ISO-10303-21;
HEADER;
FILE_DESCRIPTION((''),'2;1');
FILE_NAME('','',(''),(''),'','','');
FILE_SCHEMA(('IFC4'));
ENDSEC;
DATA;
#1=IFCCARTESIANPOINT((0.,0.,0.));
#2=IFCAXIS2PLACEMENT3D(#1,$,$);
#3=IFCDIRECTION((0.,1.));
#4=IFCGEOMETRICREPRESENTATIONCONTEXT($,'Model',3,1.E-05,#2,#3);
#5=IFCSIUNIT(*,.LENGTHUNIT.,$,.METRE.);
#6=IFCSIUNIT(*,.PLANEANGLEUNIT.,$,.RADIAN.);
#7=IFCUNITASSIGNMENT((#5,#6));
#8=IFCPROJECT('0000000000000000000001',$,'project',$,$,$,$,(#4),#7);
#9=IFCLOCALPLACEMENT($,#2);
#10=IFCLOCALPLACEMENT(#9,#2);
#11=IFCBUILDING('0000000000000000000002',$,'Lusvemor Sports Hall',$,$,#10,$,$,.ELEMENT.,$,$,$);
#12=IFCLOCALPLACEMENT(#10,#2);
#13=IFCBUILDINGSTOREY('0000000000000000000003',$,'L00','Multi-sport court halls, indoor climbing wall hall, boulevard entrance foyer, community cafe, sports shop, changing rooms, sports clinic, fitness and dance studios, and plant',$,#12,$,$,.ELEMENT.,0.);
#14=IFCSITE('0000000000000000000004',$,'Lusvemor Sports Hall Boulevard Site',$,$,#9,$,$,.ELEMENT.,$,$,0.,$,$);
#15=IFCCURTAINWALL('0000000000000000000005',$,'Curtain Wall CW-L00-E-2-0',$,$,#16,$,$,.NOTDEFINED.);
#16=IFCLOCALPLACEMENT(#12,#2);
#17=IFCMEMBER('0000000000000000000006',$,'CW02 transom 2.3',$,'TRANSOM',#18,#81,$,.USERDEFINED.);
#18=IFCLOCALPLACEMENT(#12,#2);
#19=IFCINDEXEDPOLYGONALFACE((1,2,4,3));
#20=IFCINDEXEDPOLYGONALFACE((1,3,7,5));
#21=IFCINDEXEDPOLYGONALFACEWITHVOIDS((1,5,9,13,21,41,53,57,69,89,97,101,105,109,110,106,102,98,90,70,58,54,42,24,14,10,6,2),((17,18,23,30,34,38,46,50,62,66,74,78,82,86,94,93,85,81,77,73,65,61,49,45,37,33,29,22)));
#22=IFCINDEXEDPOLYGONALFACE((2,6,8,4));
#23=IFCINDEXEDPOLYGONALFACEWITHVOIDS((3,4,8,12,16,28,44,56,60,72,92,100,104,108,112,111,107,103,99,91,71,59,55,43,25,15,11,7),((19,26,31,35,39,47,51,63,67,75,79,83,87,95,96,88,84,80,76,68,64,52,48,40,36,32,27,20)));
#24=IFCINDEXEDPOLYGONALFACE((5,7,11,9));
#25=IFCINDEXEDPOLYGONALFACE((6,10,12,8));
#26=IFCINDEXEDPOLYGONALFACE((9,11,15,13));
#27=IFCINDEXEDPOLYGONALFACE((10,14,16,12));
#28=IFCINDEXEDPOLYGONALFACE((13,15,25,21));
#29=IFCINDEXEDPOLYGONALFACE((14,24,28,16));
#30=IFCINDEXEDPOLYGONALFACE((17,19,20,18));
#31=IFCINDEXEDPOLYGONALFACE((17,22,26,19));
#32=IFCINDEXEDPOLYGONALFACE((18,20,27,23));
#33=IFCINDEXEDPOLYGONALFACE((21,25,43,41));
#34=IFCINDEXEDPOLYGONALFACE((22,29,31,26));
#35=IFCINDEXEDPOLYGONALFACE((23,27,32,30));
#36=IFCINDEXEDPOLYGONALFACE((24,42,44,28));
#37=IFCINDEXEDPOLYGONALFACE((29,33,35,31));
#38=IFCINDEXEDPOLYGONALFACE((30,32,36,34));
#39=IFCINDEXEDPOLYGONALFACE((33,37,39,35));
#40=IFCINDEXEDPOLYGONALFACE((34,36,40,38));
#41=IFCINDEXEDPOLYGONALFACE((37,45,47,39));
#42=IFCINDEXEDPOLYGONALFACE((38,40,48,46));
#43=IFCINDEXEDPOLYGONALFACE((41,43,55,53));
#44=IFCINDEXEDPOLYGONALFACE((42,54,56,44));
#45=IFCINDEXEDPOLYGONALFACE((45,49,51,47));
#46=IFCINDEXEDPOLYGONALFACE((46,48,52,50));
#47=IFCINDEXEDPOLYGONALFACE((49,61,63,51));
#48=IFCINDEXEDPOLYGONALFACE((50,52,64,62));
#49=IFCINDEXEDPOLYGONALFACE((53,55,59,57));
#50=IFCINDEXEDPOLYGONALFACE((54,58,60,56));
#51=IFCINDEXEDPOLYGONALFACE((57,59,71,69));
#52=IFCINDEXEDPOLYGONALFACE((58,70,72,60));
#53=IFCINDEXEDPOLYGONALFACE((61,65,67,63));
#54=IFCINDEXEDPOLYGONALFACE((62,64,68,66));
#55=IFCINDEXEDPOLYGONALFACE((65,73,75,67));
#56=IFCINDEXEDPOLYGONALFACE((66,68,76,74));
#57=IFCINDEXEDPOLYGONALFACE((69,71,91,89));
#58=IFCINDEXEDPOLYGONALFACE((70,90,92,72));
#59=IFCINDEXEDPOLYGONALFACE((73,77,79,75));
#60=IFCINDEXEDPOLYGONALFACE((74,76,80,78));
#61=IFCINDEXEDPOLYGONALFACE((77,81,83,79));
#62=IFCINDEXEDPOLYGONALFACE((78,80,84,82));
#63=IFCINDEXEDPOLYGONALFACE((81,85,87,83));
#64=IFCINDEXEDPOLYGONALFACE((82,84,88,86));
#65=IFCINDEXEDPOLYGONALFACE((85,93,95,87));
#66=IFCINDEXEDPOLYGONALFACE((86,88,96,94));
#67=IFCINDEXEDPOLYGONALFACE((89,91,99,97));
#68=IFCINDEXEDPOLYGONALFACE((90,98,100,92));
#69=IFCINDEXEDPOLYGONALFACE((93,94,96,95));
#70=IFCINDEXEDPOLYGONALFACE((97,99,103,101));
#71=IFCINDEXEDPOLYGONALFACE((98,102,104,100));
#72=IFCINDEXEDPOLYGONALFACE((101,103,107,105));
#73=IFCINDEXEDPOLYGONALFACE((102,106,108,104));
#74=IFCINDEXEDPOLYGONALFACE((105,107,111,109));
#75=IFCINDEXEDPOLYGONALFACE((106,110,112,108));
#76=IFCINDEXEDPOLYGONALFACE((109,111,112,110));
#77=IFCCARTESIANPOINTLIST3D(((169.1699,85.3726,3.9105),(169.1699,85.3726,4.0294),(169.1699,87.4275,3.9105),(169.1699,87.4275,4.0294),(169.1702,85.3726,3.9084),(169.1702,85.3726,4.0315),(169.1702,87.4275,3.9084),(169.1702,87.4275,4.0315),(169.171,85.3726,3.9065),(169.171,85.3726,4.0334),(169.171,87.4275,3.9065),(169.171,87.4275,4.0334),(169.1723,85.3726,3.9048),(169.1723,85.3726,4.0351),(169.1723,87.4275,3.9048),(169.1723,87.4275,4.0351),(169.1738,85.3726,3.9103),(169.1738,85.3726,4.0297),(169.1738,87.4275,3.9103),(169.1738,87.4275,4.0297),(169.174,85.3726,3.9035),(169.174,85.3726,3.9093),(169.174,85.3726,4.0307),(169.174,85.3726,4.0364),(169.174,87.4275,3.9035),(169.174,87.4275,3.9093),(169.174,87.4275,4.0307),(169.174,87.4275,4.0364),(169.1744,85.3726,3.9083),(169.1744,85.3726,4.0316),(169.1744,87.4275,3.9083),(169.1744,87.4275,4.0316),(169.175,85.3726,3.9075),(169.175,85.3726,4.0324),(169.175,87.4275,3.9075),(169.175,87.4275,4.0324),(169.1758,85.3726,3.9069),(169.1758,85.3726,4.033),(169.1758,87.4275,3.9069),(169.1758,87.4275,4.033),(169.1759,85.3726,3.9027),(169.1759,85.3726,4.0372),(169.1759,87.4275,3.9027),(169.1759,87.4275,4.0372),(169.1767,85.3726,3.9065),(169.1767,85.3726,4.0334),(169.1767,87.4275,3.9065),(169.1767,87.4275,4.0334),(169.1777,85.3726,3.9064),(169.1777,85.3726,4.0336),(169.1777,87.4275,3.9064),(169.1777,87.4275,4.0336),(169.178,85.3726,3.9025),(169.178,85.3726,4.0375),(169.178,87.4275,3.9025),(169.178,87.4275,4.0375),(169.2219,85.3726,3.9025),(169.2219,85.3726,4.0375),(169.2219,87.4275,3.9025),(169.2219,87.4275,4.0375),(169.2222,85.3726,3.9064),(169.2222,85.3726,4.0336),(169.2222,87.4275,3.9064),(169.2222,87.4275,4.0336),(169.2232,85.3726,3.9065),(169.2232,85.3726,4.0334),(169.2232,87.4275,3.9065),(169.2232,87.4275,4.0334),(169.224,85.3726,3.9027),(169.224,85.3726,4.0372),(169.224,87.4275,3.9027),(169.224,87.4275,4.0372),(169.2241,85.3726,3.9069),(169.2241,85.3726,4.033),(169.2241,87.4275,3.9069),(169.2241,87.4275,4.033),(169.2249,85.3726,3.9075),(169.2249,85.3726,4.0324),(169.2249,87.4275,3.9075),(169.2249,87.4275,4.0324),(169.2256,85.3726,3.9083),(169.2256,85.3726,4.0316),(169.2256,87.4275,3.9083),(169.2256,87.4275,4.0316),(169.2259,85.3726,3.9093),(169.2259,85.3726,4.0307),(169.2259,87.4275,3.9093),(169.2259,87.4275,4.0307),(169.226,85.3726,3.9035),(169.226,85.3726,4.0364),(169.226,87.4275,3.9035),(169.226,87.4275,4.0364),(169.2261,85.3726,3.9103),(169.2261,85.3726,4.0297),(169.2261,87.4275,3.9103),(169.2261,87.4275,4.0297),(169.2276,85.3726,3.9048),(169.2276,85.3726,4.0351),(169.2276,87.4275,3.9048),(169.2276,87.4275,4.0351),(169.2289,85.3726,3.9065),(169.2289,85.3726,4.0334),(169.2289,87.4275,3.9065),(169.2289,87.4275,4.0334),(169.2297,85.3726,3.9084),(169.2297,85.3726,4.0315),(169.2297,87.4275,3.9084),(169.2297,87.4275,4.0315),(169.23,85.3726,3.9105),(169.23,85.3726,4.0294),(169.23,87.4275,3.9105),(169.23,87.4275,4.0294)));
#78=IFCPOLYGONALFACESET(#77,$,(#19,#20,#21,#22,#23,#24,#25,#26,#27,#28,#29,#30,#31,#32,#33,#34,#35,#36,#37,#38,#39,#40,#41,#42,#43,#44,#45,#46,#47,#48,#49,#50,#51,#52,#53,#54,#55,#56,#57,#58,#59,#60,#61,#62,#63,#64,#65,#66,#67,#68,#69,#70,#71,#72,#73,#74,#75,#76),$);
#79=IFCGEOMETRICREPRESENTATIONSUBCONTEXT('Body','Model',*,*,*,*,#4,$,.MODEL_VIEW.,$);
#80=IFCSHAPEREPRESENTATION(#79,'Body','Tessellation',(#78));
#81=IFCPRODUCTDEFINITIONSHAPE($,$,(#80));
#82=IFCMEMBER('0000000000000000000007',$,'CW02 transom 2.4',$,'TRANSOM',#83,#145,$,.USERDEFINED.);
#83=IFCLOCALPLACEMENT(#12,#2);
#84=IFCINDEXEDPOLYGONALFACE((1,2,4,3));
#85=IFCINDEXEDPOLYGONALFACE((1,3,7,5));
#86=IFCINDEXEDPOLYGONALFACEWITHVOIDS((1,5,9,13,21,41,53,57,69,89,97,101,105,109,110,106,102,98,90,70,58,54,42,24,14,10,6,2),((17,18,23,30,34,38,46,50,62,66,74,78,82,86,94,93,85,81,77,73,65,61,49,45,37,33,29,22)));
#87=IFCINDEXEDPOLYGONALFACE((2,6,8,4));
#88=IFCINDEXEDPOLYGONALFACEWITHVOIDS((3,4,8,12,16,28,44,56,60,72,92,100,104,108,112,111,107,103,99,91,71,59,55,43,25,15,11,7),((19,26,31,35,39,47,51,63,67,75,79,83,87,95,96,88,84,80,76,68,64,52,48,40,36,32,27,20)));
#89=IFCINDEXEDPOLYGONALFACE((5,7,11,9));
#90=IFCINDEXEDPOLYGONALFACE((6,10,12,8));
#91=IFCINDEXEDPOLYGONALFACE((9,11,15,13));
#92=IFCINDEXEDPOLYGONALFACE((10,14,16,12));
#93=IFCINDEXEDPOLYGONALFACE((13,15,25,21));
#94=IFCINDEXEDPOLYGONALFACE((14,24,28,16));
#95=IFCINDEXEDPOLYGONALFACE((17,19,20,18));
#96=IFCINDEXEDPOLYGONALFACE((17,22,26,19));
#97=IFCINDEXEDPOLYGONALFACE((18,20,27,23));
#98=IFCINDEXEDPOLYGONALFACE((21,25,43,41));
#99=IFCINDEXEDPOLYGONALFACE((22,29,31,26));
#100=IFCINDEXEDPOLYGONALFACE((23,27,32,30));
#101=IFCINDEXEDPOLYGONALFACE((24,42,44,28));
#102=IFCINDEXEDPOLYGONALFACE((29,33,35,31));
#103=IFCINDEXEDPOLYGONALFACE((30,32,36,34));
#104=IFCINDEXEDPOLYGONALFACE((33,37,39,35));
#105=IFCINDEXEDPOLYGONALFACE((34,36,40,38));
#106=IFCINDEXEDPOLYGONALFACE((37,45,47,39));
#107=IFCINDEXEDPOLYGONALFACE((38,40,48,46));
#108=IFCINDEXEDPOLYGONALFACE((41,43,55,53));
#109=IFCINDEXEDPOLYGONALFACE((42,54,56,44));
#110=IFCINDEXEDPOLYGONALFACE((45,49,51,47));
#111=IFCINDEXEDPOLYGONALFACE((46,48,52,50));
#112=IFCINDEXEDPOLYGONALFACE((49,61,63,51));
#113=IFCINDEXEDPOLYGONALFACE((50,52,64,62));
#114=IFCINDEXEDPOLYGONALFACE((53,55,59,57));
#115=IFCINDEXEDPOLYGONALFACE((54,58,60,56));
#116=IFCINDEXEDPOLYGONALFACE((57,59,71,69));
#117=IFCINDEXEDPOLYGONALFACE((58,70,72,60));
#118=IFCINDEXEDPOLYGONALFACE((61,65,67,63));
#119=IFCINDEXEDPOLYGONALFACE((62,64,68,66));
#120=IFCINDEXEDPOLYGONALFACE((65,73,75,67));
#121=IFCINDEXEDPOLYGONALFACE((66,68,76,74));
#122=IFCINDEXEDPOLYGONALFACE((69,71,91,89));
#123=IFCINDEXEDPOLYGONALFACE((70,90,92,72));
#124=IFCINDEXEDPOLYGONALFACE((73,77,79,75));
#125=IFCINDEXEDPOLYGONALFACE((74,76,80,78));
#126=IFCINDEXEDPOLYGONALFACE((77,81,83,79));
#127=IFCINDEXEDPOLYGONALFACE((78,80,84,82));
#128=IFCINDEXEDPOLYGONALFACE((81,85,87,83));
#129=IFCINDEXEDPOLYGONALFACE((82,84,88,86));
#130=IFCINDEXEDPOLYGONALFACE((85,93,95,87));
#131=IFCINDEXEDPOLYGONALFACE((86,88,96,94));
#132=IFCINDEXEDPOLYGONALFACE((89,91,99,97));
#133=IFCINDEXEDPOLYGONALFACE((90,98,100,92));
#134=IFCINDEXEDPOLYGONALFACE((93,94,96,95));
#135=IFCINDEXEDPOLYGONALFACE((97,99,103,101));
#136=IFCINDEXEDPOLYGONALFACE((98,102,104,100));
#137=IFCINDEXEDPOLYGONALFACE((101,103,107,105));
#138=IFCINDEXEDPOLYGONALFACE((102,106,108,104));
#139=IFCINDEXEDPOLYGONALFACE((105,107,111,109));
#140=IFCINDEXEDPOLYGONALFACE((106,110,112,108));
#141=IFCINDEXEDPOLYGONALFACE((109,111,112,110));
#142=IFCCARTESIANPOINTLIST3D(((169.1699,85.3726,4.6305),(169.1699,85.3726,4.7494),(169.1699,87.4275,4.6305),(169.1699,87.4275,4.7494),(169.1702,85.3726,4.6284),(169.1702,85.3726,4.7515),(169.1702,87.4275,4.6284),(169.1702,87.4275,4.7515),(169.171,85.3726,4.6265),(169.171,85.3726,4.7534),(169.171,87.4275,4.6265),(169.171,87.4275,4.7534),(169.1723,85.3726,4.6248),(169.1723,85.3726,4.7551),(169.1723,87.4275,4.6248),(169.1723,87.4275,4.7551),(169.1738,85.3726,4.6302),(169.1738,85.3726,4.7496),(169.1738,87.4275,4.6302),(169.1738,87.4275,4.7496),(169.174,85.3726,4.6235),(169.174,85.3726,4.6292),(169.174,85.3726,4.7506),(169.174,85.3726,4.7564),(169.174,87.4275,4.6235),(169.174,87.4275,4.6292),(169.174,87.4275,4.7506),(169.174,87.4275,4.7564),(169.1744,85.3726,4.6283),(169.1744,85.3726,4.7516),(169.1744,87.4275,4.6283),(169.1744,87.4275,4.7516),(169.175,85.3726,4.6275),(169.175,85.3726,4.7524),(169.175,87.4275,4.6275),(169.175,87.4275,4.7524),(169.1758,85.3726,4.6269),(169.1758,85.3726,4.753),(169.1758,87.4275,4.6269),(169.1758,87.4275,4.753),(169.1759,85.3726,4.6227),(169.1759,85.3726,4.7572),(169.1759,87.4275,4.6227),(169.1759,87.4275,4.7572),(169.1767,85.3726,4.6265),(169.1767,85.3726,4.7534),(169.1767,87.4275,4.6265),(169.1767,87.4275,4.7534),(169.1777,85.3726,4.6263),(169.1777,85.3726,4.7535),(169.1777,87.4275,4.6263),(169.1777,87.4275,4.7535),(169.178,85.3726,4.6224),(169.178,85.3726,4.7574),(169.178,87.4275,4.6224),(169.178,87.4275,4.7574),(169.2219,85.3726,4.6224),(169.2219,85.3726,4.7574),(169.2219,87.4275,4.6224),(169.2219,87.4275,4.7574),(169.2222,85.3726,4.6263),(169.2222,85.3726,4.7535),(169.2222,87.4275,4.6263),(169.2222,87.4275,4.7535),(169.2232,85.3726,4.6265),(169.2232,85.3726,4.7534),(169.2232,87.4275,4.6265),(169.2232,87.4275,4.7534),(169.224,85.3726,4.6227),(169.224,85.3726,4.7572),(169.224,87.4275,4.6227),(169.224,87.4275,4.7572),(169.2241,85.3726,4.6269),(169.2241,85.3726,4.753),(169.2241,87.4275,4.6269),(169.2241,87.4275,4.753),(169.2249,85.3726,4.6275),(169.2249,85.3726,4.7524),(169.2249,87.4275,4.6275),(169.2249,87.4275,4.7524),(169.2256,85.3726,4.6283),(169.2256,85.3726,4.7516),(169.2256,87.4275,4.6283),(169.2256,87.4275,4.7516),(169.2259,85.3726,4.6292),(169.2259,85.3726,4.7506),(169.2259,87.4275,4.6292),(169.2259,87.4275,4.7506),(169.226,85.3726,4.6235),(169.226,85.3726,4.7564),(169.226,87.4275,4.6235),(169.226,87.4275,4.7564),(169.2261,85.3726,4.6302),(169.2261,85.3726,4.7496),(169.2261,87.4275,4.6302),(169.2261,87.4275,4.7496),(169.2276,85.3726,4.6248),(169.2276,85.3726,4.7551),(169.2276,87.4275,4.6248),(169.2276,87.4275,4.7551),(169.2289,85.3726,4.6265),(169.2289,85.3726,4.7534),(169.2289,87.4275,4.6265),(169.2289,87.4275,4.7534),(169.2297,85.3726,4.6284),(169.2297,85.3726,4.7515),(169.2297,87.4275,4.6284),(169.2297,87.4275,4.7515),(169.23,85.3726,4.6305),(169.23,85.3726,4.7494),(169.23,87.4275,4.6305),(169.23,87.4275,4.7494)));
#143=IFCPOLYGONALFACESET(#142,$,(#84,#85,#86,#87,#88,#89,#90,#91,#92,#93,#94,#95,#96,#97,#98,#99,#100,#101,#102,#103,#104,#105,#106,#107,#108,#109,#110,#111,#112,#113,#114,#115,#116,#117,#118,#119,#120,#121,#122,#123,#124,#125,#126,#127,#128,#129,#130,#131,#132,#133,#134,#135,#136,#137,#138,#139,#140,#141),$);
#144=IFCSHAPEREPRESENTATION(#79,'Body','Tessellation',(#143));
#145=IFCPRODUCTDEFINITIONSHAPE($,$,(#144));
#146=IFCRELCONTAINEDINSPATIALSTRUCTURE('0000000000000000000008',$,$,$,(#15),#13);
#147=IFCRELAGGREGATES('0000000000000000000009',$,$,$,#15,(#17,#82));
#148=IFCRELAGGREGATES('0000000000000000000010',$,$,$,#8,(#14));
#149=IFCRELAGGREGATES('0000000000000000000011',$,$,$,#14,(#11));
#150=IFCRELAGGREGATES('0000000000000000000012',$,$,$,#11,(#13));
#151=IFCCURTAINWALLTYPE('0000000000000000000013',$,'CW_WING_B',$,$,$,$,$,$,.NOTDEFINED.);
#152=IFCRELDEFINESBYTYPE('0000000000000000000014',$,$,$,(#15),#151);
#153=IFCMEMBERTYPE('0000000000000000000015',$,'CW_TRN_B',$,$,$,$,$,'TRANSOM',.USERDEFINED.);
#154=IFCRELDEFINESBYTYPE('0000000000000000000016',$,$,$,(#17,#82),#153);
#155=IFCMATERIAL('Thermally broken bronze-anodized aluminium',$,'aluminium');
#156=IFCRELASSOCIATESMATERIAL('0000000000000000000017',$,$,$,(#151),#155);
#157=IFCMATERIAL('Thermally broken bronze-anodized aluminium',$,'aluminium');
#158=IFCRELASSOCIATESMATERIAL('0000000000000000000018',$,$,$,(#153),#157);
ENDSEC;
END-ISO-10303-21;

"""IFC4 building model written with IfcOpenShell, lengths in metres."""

from ifc_helpers import new_model, si_unit, direction, frame, origin, origin_2d, place, context, subcontext, project, spatial, hollow_rectangle, extrude, material, material_profile, profile_set, type_object, element, aggregate, save


model = new_model("IFC4")

# Units and contexts
model_context = context("Model", 3, precision=1e-05, world=origin(), true_north=direction((0.0, 1.0)))
body_context = subcontext(model_context, "Body", "Model", "MODEL_VIEW")
ifc_project = project(units=[si_unit("LENGTHUNIT", "METRE"), si_unit("PLANEANGLEUNIT", "RADIAN")], contexts=[model_context])

# Site, building, storey
site_placement = place(None, origin())
site = spatial("IfcSite", under=ifc_project, at=site_placement, Name="Lusvemor Sports Hall Boulevard Site", CompositionType="ELEMENT", RefElevation=0.0)
building_placement = place(site_placement, origin())
building = spatial("IfcBuilding", under=site, at=building_placement, Name="Lusvemor Sports Hall", CompositionType="ELEMENT")
storey_placement = place(building_placement, origin())
storey = spatial("IfcBuildingStorey", under=building, at=storey_placement, Name="L00", Description="Multi-sport court halls, indoor climbing wall hall, boulevard entrance foyer, community cafe, sports shop, changing rooms, sports clinic, fitness and dance studios, and plant", CompositionType="ELEMENT", Elevation=0.0)

# Curtain wall, members
ifc_material_1 = material(Name="Thermally broken bronze-anodized aluminium", Category="aluminium")
curtain_wall_type = type_object("IfcCurtainWallType", Name="CW_WING_B", PredefinedType="NOTDEFINED", material=ifc_material_1)
curtain_wall_placement = place(storey_placement, origin())
curtain_wall = element("IfcCurtainWall", 1, at=curtain_wall_placement, inside=storey, type_object=curtain_wall_type, Name="Curtain Wall CW-L00-E-2-0", PredefinedType="NOTDEFINED")
ifc_material_2 = material(Name="Thermally broken bronze-anodized aluminium", Category="aluminium")
ifc_material_profile_1 = material_profile(ifc_material_2, hollow_rectangle(XDim=0.0601, YDim=0.135, WallThickness=0.0039, InnerFilletRadius=0.0039, OuterFilletRadius=0.0081, at=origin_2d()), Name="CWTRN135x60x4")
ifc_profile_set_1 = profile_set([ifc_material_profile_1], Name="Thermally broken bronze-anodized aluminium")
member_type_1 = type_object("IfcMemberType", Name="CW_TRN_B", ElementType="TRANSOM", PredefinedType="USERDEFINED", material=ifc_profile_set_1)
member_1_placement = place(storey_placement, frame((169.2, 87.4275, 3.97), z_axis=(0.0, -1.0, 0.0), x_axis=(1.0, 0.0, 0.0)))
member_1 = element("IfcMember", 2, at=member_1_placement, type_object=member_type_1, Name="CW02 transom 2.3", ObjectType="TRANSOM", PredefinedType="USERDEFINED", context=body_context, shape_type="SweptSolid", body=[
    extrude(hollow_rectangle(XDim=0.0601, YDim=0.135, WallThickness=0.0039, InnerFilletRadius=0.0039, OuterFilletRadius=0.0081, at=origin_2d()), origin(), (0.0, 0.0, 1.0), 2.0549),
])
member_2_placement = place(storey_placement, frame((169.2, 87.4275, 4.6899), z_axis=(0.0, -1.0, 0.0), x_axis=(1.0, 0.0, 0.0)))
member_2 = element("IfcMember", 3, at=member_2_placement, type_object=member_type_1, Name="CW02 transom 2.4", ObjectType="TRANSOM", PredefinedType="USERDEFINED", context=body_context, shape_type="SweptSolid", body=[
    extrude(hollow_rectangle(XDim=0.0601, YDim=0.135, WallThickness=0.0039, InnerFilletRadius=0.0039, OuterFilletRadius=0.0081, at=origin_2d()), origin(), (0.0, 0.0, 1.0), 2.0549),
])
aggregate(curtain_wall, [member_1, member_2])

save(model, "model.ifc")
